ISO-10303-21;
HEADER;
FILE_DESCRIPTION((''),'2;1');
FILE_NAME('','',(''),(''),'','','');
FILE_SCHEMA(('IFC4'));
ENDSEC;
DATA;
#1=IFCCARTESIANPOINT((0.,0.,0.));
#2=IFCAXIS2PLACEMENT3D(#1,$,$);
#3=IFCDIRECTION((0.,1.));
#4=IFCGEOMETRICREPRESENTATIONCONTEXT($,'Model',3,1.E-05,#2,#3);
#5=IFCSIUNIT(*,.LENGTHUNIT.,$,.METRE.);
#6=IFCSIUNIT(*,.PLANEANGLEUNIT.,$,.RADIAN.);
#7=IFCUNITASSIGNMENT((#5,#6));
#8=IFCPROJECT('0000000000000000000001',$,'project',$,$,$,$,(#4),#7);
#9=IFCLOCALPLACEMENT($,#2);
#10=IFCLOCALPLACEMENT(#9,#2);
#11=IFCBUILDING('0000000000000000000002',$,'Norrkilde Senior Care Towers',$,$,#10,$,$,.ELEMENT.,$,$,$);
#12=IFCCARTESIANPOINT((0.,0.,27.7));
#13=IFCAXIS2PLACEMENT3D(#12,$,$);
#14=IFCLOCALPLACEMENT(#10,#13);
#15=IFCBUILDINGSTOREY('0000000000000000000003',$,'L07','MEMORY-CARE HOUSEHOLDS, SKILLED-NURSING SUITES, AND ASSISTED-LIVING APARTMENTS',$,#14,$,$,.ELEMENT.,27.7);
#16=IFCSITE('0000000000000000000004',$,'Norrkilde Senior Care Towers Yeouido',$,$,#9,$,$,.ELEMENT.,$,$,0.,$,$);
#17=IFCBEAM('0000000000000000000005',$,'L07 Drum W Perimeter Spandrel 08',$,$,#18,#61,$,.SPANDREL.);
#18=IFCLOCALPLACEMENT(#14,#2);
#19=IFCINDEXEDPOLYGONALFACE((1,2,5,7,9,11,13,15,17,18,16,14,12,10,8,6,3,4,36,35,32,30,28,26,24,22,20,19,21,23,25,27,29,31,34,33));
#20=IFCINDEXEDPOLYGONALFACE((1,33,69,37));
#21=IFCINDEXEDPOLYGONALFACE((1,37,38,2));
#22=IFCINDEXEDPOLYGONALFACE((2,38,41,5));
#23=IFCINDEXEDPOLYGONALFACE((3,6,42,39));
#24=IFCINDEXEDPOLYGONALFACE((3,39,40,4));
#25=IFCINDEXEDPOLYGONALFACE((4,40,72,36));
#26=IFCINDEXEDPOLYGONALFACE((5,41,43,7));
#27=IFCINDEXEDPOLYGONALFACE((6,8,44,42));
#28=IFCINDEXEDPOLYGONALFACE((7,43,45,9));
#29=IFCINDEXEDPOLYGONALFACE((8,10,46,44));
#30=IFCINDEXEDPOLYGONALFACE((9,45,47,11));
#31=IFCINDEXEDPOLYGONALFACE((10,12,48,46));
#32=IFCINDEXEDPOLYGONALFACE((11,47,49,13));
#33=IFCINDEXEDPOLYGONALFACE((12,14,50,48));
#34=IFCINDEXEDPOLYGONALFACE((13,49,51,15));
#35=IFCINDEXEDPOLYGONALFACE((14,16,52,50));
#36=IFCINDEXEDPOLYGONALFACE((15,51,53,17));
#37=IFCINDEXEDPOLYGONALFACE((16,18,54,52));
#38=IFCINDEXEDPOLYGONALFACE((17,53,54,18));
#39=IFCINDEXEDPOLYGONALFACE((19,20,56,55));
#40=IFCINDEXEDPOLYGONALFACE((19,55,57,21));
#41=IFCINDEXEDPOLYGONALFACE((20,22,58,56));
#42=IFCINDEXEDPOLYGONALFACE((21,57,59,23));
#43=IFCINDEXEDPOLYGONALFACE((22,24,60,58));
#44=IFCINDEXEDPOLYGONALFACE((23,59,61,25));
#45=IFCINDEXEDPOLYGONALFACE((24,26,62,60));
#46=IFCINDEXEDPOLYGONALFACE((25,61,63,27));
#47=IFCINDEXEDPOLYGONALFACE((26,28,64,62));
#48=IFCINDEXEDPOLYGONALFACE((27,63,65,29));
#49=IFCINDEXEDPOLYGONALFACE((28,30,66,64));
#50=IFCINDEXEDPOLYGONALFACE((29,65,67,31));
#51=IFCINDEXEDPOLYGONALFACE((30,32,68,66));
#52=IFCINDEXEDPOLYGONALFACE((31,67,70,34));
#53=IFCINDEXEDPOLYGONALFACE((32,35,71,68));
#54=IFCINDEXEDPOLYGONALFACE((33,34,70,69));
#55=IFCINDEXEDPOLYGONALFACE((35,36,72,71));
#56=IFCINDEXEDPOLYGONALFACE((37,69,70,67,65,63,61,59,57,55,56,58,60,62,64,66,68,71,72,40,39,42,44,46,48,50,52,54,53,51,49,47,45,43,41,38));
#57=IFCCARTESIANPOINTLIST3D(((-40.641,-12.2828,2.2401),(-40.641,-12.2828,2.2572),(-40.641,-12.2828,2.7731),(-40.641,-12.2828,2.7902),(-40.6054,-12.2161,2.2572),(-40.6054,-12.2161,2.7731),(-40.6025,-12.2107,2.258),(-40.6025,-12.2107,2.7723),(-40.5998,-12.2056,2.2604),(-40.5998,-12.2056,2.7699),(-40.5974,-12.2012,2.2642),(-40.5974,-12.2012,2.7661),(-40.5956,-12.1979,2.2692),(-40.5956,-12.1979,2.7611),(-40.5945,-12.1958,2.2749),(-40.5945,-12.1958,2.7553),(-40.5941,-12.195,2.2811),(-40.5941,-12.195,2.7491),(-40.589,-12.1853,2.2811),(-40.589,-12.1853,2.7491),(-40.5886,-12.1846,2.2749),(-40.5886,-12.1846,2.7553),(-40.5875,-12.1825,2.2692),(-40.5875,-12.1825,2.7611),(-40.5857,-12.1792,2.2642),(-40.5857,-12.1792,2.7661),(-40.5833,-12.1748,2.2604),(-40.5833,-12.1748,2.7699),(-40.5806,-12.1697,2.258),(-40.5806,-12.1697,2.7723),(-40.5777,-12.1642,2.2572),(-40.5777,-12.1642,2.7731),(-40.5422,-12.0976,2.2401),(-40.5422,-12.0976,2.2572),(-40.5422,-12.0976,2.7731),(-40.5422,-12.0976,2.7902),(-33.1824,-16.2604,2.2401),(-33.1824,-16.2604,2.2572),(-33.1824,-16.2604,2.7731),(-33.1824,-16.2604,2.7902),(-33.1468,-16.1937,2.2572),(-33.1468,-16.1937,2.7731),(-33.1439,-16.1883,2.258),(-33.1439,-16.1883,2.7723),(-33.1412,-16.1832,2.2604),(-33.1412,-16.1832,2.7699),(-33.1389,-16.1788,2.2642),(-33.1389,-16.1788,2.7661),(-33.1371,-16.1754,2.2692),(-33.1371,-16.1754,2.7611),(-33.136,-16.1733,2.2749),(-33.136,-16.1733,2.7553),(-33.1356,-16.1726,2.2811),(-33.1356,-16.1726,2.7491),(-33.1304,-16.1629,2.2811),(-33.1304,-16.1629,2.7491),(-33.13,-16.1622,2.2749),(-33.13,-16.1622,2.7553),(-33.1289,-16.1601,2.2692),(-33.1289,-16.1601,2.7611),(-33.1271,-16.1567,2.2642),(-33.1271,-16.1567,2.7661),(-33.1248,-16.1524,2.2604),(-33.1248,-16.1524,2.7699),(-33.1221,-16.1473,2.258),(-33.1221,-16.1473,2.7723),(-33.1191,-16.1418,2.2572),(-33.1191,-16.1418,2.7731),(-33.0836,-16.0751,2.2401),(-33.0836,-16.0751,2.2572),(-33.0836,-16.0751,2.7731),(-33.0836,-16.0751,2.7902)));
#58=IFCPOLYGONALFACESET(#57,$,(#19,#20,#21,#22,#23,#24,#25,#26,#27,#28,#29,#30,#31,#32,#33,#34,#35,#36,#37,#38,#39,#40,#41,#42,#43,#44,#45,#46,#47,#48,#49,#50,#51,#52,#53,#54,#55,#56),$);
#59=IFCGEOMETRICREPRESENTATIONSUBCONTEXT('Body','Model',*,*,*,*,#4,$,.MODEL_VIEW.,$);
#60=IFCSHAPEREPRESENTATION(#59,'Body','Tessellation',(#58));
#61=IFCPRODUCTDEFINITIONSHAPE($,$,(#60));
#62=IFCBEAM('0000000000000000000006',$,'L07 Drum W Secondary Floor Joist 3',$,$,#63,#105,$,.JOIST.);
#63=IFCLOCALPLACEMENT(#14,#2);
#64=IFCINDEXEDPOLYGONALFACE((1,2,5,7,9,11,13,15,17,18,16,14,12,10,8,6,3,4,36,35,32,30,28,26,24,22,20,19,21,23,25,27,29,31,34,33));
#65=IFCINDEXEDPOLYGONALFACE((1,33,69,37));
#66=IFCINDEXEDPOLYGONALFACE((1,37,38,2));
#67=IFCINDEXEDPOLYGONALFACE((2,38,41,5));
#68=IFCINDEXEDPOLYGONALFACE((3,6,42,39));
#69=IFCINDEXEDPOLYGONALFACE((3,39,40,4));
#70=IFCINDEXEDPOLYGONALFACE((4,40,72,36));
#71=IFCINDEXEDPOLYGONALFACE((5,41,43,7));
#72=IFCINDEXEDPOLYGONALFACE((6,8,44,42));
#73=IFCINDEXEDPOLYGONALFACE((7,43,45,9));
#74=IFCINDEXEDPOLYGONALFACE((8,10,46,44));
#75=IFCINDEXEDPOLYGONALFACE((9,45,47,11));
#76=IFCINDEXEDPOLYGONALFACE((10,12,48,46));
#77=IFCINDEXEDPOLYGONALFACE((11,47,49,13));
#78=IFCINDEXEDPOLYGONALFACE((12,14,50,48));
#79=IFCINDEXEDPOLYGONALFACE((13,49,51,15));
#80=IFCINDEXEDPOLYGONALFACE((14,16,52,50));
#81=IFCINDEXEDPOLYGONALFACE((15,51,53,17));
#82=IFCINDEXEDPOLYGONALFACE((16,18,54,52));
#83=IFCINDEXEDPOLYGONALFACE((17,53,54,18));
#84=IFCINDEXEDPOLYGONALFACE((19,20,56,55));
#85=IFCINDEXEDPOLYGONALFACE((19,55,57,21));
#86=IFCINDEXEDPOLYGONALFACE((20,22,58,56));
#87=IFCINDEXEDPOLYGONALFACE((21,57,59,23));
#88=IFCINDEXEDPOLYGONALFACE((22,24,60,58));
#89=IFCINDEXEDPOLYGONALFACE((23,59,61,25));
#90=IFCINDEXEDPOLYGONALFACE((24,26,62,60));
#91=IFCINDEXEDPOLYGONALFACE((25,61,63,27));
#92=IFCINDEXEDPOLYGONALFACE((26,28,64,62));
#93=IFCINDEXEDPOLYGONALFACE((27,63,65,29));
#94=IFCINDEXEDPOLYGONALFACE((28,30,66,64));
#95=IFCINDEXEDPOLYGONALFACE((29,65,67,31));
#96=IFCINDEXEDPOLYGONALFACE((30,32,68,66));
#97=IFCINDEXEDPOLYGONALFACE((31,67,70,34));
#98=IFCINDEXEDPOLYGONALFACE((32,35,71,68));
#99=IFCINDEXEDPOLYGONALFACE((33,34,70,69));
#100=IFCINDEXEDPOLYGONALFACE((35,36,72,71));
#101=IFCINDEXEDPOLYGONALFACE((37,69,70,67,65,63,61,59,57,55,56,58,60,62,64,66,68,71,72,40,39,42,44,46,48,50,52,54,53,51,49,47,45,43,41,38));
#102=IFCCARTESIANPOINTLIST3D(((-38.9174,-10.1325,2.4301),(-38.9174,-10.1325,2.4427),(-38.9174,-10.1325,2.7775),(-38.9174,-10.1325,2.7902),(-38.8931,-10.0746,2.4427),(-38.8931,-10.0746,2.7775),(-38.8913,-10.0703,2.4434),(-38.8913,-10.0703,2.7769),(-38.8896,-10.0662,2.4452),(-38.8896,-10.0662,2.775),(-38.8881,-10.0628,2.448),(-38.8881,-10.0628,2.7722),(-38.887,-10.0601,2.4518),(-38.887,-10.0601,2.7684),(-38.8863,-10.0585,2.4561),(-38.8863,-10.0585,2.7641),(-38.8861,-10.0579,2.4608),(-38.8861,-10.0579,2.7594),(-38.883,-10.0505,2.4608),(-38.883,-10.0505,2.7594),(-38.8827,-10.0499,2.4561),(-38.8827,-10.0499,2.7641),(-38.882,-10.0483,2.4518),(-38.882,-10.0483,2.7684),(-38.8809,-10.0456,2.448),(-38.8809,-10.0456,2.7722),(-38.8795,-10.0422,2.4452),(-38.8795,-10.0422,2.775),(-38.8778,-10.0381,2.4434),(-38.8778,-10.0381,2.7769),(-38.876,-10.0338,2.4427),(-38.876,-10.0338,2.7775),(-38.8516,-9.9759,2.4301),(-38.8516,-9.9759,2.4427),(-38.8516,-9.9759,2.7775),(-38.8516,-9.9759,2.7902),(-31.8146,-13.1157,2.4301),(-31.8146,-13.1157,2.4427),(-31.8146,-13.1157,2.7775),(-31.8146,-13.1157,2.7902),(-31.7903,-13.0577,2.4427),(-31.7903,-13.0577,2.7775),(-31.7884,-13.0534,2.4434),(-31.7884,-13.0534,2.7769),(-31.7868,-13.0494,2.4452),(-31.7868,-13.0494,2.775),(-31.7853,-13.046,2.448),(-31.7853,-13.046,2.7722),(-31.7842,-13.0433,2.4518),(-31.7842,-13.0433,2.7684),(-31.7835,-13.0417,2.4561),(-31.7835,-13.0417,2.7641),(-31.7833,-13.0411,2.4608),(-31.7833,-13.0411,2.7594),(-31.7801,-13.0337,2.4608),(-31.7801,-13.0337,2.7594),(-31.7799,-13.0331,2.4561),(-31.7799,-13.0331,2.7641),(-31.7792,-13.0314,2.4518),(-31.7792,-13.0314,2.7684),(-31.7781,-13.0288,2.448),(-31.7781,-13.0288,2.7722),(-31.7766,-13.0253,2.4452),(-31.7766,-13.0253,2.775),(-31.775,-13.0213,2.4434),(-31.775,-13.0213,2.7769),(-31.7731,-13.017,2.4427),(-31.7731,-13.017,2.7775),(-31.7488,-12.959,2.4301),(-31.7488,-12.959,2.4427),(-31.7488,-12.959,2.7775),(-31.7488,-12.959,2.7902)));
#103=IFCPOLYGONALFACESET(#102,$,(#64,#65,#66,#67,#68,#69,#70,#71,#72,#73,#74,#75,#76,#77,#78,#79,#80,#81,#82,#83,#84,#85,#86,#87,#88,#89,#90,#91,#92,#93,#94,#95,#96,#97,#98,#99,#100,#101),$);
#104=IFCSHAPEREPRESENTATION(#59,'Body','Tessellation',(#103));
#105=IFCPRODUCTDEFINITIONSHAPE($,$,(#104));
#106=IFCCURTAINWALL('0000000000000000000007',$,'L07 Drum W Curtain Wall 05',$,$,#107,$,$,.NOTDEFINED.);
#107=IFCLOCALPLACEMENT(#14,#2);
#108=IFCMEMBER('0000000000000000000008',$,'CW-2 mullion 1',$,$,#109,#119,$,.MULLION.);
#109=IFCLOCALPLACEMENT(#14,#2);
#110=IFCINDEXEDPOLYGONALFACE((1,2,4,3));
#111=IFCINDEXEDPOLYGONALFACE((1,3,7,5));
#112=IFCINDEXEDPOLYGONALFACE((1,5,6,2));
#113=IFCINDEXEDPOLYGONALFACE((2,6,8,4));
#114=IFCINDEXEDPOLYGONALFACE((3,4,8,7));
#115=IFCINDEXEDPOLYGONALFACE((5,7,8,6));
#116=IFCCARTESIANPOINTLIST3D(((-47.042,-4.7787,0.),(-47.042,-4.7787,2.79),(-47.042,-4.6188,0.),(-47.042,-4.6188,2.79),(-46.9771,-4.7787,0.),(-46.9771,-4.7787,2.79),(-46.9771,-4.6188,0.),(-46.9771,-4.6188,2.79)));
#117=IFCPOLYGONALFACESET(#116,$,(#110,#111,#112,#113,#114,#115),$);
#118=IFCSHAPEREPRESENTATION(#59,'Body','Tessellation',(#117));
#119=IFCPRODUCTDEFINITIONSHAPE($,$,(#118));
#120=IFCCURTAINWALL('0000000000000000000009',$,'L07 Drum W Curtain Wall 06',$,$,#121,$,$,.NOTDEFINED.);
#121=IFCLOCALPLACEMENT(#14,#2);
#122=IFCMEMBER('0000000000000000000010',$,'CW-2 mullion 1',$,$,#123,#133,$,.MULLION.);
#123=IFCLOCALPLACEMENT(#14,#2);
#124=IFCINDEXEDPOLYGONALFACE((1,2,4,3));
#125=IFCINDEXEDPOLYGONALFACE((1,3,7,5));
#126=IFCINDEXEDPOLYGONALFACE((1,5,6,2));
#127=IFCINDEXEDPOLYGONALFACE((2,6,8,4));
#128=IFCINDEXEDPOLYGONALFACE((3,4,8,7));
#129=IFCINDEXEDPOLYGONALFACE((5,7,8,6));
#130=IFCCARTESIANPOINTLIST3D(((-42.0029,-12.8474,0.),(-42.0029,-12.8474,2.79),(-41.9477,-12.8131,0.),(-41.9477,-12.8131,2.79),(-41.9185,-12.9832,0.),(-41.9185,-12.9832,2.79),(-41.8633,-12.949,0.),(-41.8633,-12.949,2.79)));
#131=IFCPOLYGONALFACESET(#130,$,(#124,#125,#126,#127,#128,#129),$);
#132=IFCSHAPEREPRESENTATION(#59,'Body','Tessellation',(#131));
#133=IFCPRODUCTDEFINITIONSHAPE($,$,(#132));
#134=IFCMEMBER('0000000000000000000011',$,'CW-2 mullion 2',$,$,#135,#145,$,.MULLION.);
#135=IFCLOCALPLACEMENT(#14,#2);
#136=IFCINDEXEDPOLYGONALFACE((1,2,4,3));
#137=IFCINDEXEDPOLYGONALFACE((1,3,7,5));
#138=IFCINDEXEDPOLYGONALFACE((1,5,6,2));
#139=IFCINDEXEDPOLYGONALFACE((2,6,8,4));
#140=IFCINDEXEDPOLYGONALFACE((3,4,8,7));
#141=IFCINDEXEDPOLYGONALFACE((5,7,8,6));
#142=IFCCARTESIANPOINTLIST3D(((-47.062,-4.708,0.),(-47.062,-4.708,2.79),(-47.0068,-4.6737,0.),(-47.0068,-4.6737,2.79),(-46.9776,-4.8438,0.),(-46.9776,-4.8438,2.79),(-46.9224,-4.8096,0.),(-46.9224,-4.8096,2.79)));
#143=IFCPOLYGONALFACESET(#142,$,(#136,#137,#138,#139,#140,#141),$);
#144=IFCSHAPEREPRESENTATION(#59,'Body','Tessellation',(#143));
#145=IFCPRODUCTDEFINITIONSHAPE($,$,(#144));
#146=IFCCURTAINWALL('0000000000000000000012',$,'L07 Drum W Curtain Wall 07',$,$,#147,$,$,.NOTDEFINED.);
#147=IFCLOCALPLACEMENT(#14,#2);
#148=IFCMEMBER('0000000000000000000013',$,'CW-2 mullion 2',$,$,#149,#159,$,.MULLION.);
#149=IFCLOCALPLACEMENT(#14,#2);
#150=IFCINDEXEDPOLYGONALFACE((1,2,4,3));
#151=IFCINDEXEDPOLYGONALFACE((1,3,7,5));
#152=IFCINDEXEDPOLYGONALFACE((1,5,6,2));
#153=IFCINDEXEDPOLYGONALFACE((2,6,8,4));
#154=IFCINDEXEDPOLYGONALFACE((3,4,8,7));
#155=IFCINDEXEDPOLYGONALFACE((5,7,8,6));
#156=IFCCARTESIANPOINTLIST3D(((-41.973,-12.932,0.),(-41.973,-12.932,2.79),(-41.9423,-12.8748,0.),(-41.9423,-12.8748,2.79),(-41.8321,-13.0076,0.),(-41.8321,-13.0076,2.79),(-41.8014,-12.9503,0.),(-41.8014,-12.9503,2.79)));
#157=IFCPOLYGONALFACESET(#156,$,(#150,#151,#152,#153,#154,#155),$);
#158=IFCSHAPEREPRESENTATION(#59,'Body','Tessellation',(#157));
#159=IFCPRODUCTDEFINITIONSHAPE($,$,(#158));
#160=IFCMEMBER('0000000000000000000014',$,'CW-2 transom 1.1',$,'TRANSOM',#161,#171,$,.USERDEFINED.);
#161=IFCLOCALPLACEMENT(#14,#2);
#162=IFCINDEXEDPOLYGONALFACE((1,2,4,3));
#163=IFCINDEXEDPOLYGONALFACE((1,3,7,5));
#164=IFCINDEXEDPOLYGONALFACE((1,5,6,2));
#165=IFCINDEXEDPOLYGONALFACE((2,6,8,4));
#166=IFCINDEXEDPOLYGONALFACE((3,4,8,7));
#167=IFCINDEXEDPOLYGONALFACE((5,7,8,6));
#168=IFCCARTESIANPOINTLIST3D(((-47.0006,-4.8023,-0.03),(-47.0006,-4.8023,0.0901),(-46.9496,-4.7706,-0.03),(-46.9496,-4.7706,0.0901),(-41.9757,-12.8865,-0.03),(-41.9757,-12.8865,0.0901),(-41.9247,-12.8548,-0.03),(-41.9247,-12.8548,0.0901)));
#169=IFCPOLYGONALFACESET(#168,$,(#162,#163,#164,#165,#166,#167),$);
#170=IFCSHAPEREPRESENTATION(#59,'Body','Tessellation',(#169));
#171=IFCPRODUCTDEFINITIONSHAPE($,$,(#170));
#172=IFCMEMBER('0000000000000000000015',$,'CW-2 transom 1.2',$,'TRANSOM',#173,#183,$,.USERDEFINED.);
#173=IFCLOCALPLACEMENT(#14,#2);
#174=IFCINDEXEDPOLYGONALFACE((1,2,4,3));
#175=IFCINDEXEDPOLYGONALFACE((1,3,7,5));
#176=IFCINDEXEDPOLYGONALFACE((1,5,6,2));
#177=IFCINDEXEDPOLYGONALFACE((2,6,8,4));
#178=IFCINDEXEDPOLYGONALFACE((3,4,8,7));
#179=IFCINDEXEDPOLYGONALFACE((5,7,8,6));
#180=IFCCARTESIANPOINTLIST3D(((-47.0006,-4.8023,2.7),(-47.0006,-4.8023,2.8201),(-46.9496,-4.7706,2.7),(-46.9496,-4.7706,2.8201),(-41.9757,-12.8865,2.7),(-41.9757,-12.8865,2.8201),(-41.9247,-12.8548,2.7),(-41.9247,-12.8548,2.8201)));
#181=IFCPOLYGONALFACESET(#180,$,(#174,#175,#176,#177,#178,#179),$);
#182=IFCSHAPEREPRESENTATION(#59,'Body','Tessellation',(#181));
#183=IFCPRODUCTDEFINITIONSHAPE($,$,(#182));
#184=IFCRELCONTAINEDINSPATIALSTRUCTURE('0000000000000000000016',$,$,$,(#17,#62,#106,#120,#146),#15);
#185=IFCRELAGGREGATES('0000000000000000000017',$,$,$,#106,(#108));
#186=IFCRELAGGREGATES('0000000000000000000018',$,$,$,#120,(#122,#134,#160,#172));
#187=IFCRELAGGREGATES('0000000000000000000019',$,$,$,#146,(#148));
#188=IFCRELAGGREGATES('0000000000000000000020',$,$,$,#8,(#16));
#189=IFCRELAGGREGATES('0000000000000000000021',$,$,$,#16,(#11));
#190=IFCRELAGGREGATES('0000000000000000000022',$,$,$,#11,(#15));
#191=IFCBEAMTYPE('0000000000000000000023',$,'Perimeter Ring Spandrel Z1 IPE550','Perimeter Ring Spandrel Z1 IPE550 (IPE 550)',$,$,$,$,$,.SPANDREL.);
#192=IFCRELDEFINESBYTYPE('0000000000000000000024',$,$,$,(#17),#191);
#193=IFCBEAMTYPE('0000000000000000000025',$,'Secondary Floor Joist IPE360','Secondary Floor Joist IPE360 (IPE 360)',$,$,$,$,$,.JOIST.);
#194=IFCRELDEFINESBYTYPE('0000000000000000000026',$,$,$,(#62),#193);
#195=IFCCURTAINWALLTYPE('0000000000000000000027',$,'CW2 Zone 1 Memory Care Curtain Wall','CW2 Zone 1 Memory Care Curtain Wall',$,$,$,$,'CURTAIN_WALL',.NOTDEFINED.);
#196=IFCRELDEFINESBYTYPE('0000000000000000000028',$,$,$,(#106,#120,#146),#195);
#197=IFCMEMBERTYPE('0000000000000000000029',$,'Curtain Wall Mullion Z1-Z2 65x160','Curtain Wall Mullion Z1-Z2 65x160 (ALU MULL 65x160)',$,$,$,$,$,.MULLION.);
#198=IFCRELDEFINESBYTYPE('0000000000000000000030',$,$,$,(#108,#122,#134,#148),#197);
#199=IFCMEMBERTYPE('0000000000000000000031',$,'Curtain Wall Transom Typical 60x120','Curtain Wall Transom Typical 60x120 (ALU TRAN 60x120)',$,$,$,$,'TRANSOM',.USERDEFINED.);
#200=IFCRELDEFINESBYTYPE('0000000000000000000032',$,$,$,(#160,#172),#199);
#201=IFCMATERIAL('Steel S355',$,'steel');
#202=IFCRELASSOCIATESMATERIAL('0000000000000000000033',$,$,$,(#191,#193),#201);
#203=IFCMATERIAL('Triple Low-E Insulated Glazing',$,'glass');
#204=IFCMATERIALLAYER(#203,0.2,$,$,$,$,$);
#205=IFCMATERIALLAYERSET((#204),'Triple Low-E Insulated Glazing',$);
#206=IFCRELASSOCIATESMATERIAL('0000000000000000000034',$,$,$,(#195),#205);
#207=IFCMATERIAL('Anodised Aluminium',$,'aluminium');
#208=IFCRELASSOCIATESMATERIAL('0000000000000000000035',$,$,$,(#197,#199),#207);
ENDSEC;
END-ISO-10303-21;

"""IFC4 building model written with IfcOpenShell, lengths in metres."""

from ifc_helpers import new_model, si_unit, direction, frame, origin, origin_2d, place, context, subcontext, project, spatial, rectangle, i_section, extrude, source, transform, mapped, material, layer, layer_set, material_profile, profile_set, type_object, type_shapes, element, aggregate, save


model = new_model("IFC4")

# Units and contexts
model_context = context("Model", 3, precision=1e-05, world=origin(), true_north=direction((0.0, 1.0)))
body_context = subcontext(model_context, "Body", "Model", "MODEL_VIEW")
ifc_project = project(units=[si_unit("LENGTHUNIT", "METRE"), si_unit("PLANEANGLEUNIT", "RADIAN")], contexts=[model_context])

# Site, building, storey
site_placement = place(None, origin())
site = spatial("IfcSite", under=ifc_project, at=site_placement, Name="Norrkilde Senior Care Towers Yeouido", CompositionType="ELEMENT", RefElevation=0.0)
building_placement = place(site_placement, origin())
building = spatial("IfcBuilding", under=site, at=building_placement, Name="Norrkilde Senior Care Towers", CompositionType="ELEMENT")
storey_placement = place(building_placement, frame((0.0, 0.0, 27.7)))
storey = spatial("IfcBuildingStorey", under=building, at=storey_placement, Name="L07", Description="MEMORY-CARE HOUSEHOLDS, SKILLED-NURSING SUITES, AND ASSISTED-LIVING APARTMENTS", CompositionType="ELEMENT", Elevation=27.7)

# Beams
ifc_material_1 = material(Name="Steel S355", Category="steel")
ifc_material_profile_1 = material_profile(ifc_material_1, i_section(OverallWidth=0.21, OverallDepth=0.55, WebThickness=0.011, FlangeThickness=0.0171, FilletRadius=0.0239, at=origin_2d()), Name="IPE 550")
ifc_profile_set_1 = profile_set([ifc_material_profile_1], Name="Steel S355")
beam_type_1 = type_object("IfcBeamType", Name="Perimeter Ring Spandrel Z1 IPE550", Description="Perimeter Ring Spandrel Z1 IPE550 (IPE 550)", PredefinedType="SPANDREL", material=ifc_profile_set_1)
shared_shape_1 = source(origin(), body_context, "Body", "SweptSolid", [
    extrude(i_section(OverallWidth=0.21, OverallDepth=0.55, WebThickness=0.011, FlangeThickness=0.0171, FilletRadius=0.0239, at=origin_2d()), origin(), (0.0, 0.0, 1.0), 8.4529),
])
beam_1_placement = place(storey_placement, frame((-40.5916, -12.1902, 2.5151), z_axis=(0.882369, -0.470558, 0.0), x_axis=(0.470558, 0.882369, 0.0)))
element("IfcBeam", 1, at=beam_1_placement, inside=storey, type_object=beam_type_1, Name="L07 Drum W Perimeter Spandrel 08", PredefinedType="SPANDREL", context=body_context, shape_type="MappedRepresentation", body=[
    mapped(shared_shape_1, transform((0.0, 0.0, 0.0), x_axis=(1.0, 0.0, 0.0), y_axis=(0.0, 1.0, 0.0), z_axis=(0.0, 0.0, 1.0), scale=1.0)),
])
ifc_material_profile_2 = material_profile(ifc_material_1, i_section(OverallWidth=0.1699, OverallDepth=0.3601, WebThickness=0.0081, FlangeThickness=0.0127, FilletRadius=0.0181, at=origin_2d()), Name="IPE 360")
ifc_profile_set_2 = profile_set([ifc_material_profile_2], Name="Steel S355")
beam_type_2 = type_object("IfcBeamType", Name="Secondary Floor Joist IPE360", Description="Secondary Floor Joist IPE360 (IPE 360)", PredefinedType="JOIST", material=ifc_profile_set_2)
shared_shape_2 = source(origin(), body_context, "Body", "SweptSolid", [
    extrude(i_section(OverallWidth=0.1699, OverallDepth=0.3601, WebThickness=0.0081, FlangeThickness=0.0127, FilletRadius=0.0181, at=origin_2d()), origin(), (0.0, 0.0, 1.0), 7.7039),
])
type_shapes(beam_type_2, [shared_shape_2])
beam_2_placement = place(storey_placement, frame((-38.8845, -10.0542, 2.6101), z_axis=(0.921983, -0.387231, 0.0), x_axis=(0.387231, 0.921983, 0.0)))
element("IfcBeam", 2, at=beam_2_placement, inside=storey, type_object=beam_type_2, Name="L07 Drum W Secondary Floor Joist 3", PredefinedType="JOIST", context=body_context, shape_type="MappedRepresentation", body=[
    mapped(shared_shape_2, transform((0.0, 0.0, 0.0), x_axis=(1.0, 0.0, 0.0), y_axis=(0.0, 1.0, 0.0), z_axis=(0.0, 0.0, 1.0), scale=1.0)),
])

# Curtain wall, member
ifc_material_2 = material(Name="Triple Low-E Insulated Glazing", Category="glass")
ifc_layer_1 = layer(ifc_material_2, 0.2)
ifc_layer_set_1 = layer_set([ifc_layer_1], Name="Triple Low-E Insulated Glazing")
curtain_wall_type = type_object("IfcCurtainWallType", Name="CW2 Zone 1 Memory Care Curtain Wall", Description="CW2 Zone 1 Memory Care Curtain Wall", ElementType="CURTAIN_WALL", PredefinedType="NOTDEFINED", material=ifc_layer_set_1)
curtain_wall_1_placement = place(storey_placement, origin())
curtain_wall_1 = element("IfcCurtainWall", 3, at=curtain_wall_1_placement, inside=storey, type_object=curtain_wall_type, Name="L07 Drum W Curtain Wall 05", PredefinedType="NOTDEFINED")
ifc_material_3 = material(Name="Anodised Aluminium", Category="aluminium")
ifc_material_profile_3 = material_profile(ifc_material_3, rectangle(XDim=0.0649, YDim=0.1599, at=origin_2d()), Name="ALU MULL 65x160")
ifc_profile_set_3 = profile_set([ifc_material_profile_3], Name="Anodised Aluminium")
member_type_1 = type_object("IfcMemberType", Name="Curtain Wall Mullion Z1-Z2 65x160", Description="Curtain Wall Mullion Z1-Z2 65x160 (ALU MULL 65x160)", PredefinedType="MULLION", material=ifc_profile_set_3)
shared_shape_3 = source(origin(), body_context, "Body", "SweptSolid", [
    extrude(rectangle(XDim=0.0649, YDim=0.1599, at=origin_2d()), origin(), (0.0, 0.0, 1.0), 2.79),
])
type_shapes(member_type_1, [shared_shape_3])
member_1_placement = place(storey_placement, frame((-47.0095, -4.6987, 0.0), z_axis=(0.0, 0.0, 1.0), x_axis=(-1.0, 0.0, 0.0)))
member_1 = element("IfcMember", 4, at=member_1_placement, type_object=member_type_1, Name="CW-2 mullion 1", PredefinedType="MULLION", context=body_context, shape_type="MappedRepresentation", body=[
    mapped(shared_shape_3, transform((0.0, 0.0, 0.0), x_axis=(1.0, 0.0, 0.0), y_axis=(0.0, 1.0, 0.0), z_axis=(0.0, 0.0, 1.0), scale=1.0)),
])

# Curtain wall, members
curtain_wall_2_placement = place(storey_placement, origin())
curtain_wall_2 = element("IfcCurtainWall", 5, at=curtain_wall_2_placement, inside=storey, type_object=curtain_wall_type, Name="L07 Drum W Curtain Wall 06", PredefinedType="NOTDEFINED")
member_2_placement = place(storey_placement, frame((-41.9331, -12.8982, 0.0), z_axis=(0.0, 0.0, 1.0), x_axis=(-0.849306, -0.527901, 0.0)))
member_2 = element("IfcMember", 6, at=member_2_placement, type_object=member_type_1, Name="CW-2 mullion 1", PredefinedType="MULLION", context=body_context, shape_type="MappedRepresentation", body=[
    mapped(shared_shape_3, transform((0.0, 0.0, 0.0), x_axis=(1.0, 0.0, 0.0), y_axis=(0.0, 1.0, 0.0), z_axis=(0.0, 0.0, 1.0), scale=1.0)),
])
member_3_placement = place(storey_placement, frame((-46.9922, -4.7588, 0.0), z_axis=(0.0, 0.0, 1.0), x_axis=(-0.849306, -0.527901, 0.0)))
member_3 = element("IfcMember", 7, at=member_3_placement, type_object=member_type_1, Name="CW-2 mullion 2", PredefinedType="MULLION", context=body_context, shape_type="MappedRepresentation", body=[
    mapped(shared_shape_3, transform((0.0, 0.0, 0.0), x_axis=(1.0, 0.0, 0.0), y_axis=(0.0, 1.0, 0.0), z_axis=(0.0, 0.0, 1.0), scale=1.0)),
])

# Curtain wall, member
curtain_wall_3_placement = place(storey_placement, origin())
curtain_wall_3 = element("IfcCurtainWall", 8, at=curtain_wall_3_placement, inside=storey, type_object=curtain_wall_type, Name="L07 Drum W Curtain Wall 07", PredefinedType="NOTDEFINED")
member_4_placement = place(storey_placement, frame((-41.8872, -12.9412, 0.0), z_axis=(0.0, 0.0, 1.0), x_axis=(-0.472608, -0.881273, 0.0)))
member_4 = element("IfcMember", 9, at=member_4_placement, type_object=member_type_1, Name="CW-2 mullion 2", PredefinedType="MULLION", context=body_context, shape_type="MappedRepresentation", body=[
    mapped(shared_shape_3, transform((0.0, 0.0, 0.0), x_axis=(1.0, 0.0, 0.0), y_axis=(0.0, 1.0, 0.0), z_axis=(0.0, 0.0, 1.0), scale=1.0)),
])

# Members
ifc_material_profile_4 = material_profile(ifc_material_3, rectangle(XDim=0.0601, YDim=0.1201, at=origin_2d()), Name="ALU TRAN 60x120")
ifc_profile_set_4 = profile_set([ifc_material_profile_4], Name="Anodised Aluminium")
member_type_2 = type_object("IfcMemberType", Name="Curtain Wall Transom Typical 60x120", Description="Curtain Wall Transom Typical 60x120 (ALU TRAN 60x120)", ElementType="TRANSOM", PredefinedType="USERDEFINED", material=ifc_profile_set_4)
shared_shape_4 = source(origin(), body_context, "Body", "SweptSolid", [
    extrude(rectangle(XDim=0.0601, YDim=0.1201, at=origin_2d()), origin(), (0.0, 0.0, 1.0), 9.5186),
])
member_5_placement = place(storey_placement, frame((-41.9502, -12.8706, 0.03), z_axis=(-0.527902, 0.849306, 0.0), x_axis=(-0.849306, -0.527902, 0.0)))
member_5 = element("IfcMember", 10, at=member_5_placement, type_object=member_type_2, Name="CW-2 transom 1.1", ObjectType="TRANSOM", PredefinedType="USERDEFINED", context=body_context, shape_type="MappedRepresentation", body=[
    mapped(shared_shape_4, transform((0.0, 0.0, 0.0), x_axis=(1.0, 0.0, 0.0), y_axis=(0.0, 1.0, 0.0), z_axis=(0.0, 0.0, 1.0), scale=1.0)),
])
member_6_placement = place(storey_placement, frame((-41.9502, -12.8706, 2.76), z_axis=(-0.527902, 0.849306, 0.0), x_axis=(-0.849306, -0.527902, 0.0)))
member_6 = element("IfcMember", 11, at=member_6_placement, type_object=member_type_2, Name="CW-2 transom 1.2", ObjectType="TRANSOM", PredefinedType="USERDEFINED", context=body_context, shape_type="MappedRepresentation", body=[
    mapped(shared_shape_4, transform((0.0, 0.0, 0.0), x_axis=(1.0, 0.0, 0.0), y_axis=(0.0, 1.0, 0.0), z_axis=(0.0, 0.0, 1.0), scale=1.0)),
])
aggregate(curtain_wall_1, [member_1])

aggregate(curtain_wall_2, [member_2, member_3, member_5, member_6])
aggregate(curtain_wall_3, [member_4])

save(model, "model.ifc")
